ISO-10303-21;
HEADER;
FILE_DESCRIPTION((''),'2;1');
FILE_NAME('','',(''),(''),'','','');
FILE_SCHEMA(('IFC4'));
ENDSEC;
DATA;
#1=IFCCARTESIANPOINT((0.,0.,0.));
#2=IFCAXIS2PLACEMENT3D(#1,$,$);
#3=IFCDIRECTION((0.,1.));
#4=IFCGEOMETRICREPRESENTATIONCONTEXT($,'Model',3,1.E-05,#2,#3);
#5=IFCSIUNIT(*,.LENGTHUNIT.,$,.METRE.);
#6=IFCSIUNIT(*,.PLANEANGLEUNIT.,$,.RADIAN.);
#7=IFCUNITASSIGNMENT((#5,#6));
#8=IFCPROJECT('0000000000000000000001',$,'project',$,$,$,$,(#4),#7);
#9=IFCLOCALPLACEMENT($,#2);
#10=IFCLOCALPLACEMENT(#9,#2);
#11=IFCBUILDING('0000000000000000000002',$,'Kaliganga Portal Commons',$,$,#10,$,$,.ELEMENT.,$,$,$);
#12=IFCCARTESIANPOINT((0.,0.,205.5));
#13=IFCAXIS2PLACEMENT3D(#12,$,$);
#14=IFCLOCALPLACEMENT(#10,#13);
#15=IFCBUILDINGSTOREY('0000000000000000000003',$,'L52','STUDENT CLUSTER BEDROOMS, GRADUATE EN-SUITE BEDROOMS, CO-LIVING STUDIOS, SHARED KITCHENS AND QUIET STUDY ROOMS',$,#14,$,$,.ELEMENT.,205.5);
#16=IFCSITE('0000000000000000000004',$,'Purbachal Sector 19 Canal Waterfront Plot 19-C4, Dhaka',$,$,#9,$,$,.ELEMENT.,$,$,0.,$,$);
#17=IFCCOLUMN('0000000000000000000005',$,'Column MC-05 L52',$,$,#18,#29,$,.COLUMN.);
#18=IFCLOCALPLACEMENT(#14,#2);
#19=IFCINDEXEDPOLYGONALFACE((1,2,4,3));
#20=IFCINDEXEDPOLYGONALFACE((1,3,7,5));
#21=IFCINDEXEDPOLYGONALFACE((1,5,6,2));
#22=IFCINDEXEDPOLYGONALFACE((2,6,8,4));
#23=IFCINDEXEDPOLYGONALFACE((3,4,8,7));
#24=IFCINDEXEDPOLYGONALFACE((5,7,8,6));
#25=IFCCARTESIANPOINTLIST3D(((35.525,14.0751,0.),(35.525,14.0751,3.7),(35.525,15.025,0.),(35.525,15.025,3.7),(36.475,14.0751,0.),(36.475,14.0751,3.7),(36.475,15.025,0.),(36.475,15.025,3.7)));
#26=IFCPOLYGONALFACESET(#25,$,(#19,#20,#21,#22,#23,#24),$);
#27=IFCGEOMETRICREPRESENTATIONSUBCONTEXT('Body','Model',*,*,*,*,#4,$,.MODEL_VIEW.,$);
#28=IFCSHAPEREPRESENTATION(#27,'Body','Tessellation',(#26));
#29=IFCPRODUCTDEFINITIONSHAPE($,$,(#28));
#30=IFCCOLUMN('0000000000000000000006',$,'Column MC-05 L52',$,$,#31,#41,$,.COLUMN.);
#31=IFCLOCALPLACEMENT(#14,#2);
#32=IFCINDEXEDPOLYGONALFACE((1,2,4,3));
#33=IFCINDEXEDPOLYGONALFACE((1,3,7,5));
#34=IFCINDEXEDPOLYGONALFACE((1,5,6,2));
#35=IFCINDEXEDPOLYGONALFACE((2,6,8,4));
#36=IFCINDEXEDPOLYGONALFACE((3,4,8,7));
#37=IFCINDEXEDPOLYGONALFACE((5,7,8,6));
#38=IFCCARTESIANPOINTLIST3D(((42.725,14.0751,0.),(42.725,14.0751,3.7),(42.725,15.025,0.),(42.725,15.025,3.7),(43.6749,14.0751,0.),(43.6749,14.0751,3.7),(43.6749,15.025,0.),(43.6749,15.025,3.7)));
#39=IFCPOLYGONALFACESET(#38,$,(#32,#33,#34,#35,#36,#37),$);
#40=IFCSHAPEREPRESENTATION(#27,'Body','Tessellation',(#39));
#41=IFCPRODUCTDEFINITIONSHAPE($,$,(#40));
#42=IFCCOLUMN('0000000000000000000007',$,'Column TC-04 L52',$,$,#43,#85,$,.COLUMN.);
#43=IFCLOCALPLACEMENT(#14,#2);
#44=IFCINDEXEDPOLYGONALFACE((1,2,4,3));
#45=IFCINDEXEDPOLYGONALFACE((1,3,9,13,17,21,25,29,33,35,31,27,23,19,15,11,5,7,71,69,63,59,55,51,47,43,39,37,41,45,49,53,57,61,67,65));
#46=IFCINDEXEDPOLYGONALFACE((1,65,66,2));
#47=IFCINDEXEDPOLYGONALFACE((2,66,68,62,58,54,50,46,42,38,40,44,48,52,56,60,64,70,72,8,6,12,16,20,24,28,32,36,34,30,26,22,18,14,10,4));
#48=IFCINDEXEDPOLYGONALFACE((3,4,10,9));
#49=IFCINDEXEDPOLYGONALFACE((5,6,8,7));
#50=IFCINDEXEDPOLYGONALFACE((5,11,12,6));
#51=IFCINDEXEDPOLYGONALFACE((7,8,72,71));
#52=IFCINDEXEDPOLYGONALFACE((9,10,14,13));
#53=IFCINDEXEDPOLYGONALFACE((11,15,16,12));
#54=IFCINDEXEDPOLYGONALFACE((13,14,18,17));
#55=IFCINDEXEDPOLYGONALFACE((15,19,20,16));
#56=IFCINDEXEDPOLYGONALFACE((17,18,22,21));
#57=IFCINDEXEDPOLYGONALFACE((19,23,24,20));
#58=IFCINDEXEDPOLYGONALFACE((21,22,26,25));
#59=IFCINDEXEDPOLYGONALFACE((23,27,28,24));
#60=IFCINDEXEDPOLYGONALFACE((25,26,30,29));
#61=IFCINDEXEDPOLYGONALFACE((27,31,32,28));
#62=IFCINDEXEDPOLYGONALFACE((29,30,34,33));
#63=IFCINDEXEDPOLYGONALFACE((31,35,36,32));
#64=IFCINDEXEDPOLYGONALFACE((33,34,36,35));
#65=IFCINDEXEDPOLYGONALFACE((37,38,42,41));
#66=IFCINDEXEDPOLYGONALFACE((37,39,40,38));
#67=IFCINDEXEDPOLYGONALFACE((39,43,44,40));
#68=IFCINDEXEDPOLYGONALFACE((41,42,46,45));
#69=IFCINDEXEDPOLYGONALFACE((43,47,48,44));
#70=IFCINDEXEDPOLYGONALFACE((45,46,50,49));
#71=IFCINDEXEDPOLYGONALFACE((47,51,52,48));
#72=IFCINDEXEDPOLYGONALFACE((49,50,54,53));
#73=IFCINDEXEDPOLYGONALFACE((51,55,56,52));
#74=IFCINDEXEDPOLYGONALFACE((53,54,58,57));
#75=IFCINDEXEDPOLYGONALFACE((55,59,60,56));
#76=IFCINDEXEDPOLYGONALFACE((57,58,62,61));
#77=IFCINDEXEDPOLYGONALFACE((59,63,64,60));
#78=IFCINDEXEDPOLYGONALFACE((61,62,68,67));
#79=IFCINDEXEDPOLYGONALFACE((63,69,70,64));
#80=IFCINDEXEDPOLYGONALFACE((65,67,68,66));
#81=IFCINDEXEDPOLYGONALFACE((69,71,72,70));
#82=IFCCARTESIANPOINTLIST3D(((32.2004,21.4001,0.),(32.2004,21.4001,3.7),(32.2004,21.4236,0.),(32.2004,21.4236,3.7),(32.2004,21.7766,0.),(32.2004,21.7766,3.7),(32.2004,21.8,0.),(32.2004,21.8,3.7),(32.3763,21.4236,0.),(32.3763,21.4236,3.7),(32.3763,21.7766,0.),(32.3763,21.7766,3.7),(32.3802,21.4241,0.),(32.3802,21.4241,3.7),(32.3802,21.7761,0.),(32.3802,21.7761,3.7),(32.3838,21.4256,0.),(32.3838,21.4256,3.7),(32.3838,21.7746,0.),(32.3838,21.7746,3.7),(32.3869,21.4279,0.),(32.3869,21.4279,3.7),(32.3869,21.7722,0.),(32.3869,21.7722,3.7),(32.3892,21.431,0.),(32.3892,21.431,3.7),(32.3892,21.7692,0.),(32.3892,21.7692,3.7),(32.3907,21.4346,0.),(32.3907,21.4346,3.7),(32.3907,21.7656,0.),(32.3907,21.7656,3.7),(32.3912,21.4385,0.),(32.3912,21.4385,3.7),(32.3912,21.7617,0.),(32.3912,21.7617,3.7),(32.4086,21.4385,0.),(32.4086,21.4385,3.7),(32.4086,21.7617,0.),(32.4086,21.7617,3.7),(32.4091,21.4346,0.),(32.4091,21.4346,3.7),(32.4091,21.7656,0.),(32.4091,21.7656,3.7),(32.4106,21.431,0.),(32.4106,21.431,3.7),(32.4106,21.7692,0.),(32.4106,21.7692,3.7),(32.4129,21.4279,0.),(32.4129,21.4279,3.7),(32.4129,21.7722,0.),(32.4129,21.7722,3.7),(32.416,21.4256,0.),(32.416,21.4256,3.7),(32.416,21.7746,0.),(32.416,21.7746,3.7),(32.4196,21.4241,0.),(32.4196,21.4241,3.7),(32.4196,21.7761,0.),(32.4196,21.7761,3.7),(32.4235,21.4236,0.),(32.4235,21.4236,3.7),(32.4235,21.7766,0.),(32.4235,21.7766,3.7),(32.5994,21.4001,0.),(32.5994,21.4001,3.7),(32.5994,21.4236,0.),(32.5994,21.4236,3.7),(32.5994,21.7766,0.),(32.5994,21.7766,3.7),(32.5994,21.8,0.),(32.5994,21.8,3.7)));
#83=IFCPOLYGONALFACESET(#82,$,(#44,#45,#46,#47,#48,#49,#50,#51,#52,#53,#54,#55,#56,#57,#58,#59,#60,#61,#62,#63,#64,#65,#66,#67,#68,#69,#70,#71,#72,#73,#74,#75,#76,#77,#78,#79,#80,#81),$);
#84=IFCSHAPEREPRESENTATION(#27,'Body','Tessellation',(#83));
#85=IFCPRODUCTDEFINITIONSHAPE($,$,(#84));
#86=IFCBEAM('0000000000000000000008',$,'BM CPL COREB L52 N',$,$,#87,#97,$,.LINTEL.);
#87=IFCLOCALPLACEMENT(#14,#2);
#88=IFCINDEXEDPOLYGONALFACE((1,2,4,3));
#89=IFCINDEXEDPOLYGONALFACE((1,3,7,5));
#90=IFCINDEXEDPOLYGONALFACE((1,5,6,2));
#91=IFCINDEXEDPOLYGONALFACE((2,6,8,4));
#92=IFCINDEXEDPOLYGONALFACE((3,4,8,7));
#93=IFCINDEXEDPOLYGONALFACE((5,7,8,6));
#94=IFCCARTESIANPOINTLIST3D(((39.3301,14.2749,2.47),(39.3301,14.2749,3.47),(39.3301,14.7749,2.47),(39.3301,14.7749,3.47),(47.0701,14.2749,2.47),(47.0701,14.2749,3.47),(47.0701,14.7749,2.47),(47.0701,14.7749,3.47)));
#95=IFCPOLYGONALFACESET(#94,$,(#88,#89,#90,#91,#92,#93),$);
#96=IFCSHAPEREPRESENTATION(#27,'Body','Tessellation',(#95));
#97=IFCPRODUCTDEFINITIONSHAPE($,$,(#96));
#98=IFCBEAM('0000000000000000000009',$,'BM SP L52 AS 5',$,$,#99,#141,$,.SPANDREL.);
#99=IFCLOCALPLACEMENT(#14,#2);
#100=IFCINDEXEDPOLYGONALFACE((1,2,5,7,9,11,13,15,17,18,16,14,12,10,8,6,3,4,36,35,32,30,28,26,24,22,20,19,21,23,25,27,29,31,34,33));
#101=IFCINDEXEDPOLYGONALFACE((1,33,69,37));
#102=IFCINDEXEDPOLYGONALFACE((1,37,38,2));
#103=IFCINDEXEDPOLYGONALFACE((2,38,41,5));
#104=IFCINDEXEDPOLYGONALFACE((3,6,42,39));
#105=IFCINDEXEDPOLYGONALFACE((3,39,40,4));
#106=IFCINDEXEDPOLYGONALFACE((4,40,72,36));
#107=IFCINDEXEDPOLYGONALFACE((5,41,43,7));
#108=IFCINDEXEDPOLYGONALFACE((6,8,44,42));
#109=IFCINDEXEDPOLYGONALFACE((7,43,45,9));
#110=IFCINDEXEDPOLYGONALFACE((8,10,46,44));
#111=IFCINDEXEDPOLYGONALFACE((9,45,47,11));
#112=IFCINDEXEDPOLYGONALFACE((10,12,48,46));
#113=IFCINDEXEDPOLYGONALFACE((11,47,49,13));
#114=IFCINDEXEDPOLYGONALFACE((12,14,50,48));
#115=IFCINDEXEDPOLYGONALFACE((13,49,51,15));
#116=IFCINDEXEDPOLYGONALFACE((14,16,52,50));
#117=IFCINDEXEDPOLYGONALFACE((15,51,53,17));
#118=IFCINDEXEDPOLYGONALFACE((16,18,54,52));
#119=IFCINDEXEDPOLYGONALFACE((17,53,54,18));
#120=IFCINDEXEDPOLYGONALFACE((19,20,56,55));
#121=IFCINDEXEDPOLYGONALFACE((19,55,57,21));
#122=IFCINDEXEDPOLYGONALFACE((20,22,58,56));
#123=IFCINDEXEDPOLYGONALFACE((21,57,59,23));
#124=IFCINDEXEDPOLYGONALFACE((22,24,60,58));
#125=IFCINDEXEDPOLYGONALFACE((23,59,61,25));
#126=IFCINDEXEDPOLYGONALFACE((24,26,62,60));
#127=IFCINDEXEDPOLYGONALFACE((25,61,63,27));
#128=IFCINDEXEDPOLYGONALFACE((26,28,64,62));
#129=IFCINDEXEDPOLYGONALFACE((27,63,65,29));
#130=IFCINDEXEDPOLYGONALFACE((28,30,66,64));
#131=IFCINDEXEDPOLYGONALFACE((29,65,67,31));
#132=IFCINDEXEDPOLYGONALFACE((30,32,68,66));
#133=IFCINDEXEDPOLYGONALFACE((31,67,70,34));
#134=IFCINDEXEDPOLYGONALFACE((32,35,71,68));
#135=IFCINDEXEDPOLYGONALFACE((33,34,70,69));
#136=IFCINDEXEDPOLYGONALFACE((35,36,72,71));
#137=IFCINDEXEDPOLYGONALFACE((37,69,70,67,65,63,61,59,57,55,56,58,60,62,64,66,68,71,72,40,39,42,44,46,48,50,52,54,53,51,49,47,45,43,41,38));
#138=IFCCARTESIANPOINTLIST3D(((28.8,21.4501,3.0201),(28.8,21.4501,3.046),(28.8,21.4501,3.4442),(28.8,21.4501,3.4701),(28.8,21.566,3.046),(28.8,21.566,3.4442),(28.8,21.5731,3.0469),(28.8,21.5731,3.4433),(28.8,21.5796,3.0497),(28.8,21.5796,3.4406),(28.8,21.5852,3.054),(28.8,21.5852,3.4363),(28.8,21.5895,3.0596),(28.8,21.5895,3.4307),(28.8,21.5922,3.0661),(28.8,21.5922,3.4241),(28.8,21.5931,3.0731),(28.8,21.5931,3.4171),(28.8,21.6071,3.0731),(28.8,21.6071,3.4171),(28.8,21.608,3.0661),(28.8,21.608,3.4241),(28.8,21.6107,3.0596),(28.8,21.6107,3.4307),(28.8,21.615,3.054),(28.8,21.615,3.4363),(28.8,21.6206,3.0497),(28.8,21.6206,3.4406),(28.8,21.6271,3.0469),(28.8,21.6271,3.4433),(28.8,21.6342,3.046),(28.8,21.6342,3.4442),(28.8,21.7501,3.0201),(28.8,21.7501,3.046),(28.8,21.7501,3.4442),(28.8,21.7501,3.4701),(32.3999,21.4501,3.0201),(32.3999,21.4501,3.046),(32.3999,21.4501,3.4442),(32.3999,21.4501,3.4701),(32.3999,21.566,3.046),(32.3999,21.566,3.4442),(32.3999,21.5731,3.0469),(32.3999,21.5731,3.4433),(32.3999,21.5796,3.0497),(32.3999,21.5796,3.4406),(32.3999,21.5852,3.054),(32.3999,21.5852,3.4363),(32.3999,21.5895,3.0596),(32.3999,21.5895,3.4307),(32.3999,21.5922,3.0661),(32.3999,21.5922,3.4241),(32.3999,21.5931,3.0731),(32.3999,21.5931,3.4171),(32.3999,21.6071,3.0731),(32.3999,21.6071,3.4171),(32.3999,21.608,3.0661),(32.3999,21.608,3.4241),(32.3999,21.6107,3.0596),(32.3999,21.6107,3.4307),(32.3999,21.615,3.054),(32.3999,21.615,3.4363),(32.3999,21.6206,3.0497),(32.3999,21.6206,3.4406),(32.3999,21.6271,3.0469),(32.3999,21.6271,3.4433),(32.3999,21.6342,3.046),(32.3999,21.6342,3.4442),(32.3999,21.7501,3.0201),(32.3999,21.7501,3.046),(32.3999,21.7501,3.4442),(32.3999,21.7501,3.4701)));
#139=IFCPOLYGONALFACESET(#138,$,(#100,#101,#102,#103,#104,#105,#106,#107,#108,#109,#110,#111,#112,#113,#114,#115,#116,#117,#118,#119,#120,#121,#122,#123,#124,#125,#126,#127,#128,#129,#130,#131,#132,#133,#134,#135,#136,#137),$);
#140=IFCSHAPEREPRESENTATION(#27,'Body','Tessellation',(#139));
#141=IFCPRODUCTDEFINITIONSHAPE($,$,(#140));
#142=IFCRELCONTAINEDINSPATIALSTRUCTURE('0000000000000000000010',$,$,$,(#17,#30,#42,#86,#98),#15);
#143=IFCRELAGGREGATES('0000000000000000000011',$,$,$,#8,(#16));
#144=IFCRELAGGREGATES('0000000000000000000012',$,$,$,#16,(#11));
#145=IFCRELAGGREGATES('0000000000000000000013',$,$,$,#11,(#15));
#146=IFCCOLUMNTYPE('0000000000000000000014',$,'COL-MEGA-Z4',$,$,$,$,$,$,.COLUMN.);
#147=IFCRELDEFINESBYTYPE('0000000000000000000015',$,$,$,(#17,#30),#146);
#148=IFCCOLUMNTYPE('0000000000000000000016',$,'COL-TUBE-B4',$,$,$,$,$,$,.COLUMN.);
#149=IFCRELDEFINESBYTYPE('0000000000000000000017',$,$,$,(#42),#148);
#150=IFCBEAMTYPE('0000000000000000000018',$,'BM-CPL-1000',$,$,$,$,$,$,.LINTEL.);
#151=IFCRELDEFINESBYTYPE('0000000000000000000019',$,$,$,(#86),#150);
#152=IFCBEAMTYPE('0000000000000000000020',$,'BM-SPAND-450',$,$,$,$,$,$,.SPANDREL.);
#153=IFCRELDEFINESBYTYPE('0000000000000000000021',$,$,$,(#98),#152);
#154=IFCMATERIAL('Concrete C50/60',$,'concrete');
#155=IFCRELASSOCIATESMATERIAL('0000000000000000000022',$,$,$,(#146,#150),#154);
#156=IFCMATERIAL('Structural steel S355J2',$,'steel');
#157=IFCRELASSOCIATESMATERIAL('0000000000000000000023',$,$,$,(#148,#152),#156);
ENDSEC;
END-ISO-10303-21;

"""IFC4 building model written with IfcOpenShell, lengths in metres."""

from ifc_helpers import new_model, si_unit, direction, frame, origin, origin_2d, place, context, subcontext, project, spatial, rectangle, i_section, extrude, source, transform, mapped, material, material_profile, profile_set, type_object, element, save


model = new_model("IFC4")

# Units and contexts
model_context = context("Model", 3, precision=1e-05, world=origin(), true_north=direction((0.0, 1.0)))
body_context = subcontext(model_context, "Body", "Model", "MODEL_VIEW")
ifc_project = project(units=[si_unit("LENGTHUNIT", "METRE"), si_unit("PLANEANGLEUNIT", "RADIAN")], contexts=[model_context])

# Site, building, storey
site_placement = place(None, origin())
site = spatial("IfcSite", under=ifc_project, at=site_placement, Name="Purbachal Sector 19 Canal Waterfront Plot 19-C4, Dhaka", CompositionType="ELEMENT", RefElevation=0.0)
building_placement = place(site_placement, origin())
building = spatial("IfcBuilding", under=site, at=building_placement, Name="Kaliganga Portal Commons", CompositionType="ELEMENT")
storey_placement = place(building_placement, frame((0.0, 0.0, 205.5)))
storey = spatial("IfcBuildingStorey", under=building, at=storey_placement, Name="L52", Description="STUDENT CLUSTER BEDROOMS, GRADUATE EN-SUITE BEDROOMS, CO-LIVING STUDIOS, SHARED KITCHENS AND QUIET STUDY ROOMS", CompositionType="ELEMENT", Elevation=205.5)

# Columns
ifc_material_1 = material(Name="Concrete C50/60", Category="concrete")
ifc_material_profile_1 = material_profile(ifc_material_1, rectangle(XDim=0.95, YDim=0.95, at=origin_2d()), Name="RC 950x950")
ifc_profile_set_1 = profile_set([ifc_material_profile_1], Name="Concrete C50/60")
column_type_1 = type_object("IfcColumnType", Name="COL-MEGA-Z4", PredefinedType="COLUMN", material=ifc_profile_set_1)
shared_shape_1 = source(origin(), body_context, "Body", "SweptSolid", [
    extrude(rectangle(XDim=0.95, YDim=0.95, at=origin_2d()), origin(), (0.0, 0.0, 1.0), 3.7),
])
for number, where, z_axis, x_axis, name in (
    (1, (36.0, 14.55, 0.0), (0.0, 0.0, 1.0), (1.0, 0.0, 0.0), "Column MC-05 L52"),
    (2, (43.2, 14.55, 0.0), (0.0, 0.0, 1.0), (1.0, 0.0, 0.0), "Column MC-05 L52"),
):
    element("IfcColumn", number, at=place(storey_placement, frame(where, z_axis=z_axis, x_axis=x_axis)), inside=storey, type_object=column_type_1, Name=name, PredefinedType="COLUMN", context=body_context, shape_type="MappedRepresentation", body=[
        mapped(shared_shape_1, transform((0.0, 0.0, 0.0), x_axis=(1.0, 0.0, 0.0), y_axis=(0.0, 1.0, 0.0), z_axis=(0.0, 0.0, 1.0), scale=1.0)),
    ])
ifc_material_2 = material(Name="Structural steel S355J2", Category="steel")
ifc_material_profile_2 = material_profile(ifc_material_2, i_section(OverallWidth=0.3989, OverallDepth=0.3999, WebThickness=0.0173, FlangeThickness=0.0234, FilletRadius=0.0149, at=origin_2d()), Name="HD 400x287")
ifc_profile_set_2 = profile_set([ifc_material_profile_2], Name="Structural steel S355J2 wide-flange")
column_type_2 = type_object("IfcColumnType", Name="COL-TUBE-B4", PredefinedType="COLUMN", material=ifc_profile_set_2)
shared_shape_2 = source(origin(), body_context, "Body", "SweptSolid", [
    extrude(i_section(OverallWidth=0.3989, OverallDepth=0.3999, WebThickness=0.0173, FlangeThickness=0.0234, FilletRadius=0.0149, at=origin_2d()), origin(), (0.0, 0.0, 1.0), 3.7),
])
column_placement = place(storey_placement, frame((32.3999, 21.6001, 0.0), z_axis=(0.0, 0.0, 1.0), x_axis=(1.0, 0.0, 0.0)))
element("IfcColumn", 3, at=column_placement, inside=storey, type_object=column_type_2, Name="Column TC-04 L52", PredefinedType="COLUMN", context=body_context, shape_type="MappedRepresentation", body=[
    mapped(shared_shape_2, transform((0.0, 0.0, 0.0), x_axis=(1.0, 0.0, 0.0), y_axis=(0.0, 1.0, 0.0), z_axis=(0.0, 0.0, 1.0), scale=1.0)),
])

# Beams
ifc_material_profile_3 = material_profile(ifc_material_1, rectangle(XDim=0.5, YDim=1.0, at=origin_2d()), Name="RC 500x1000")
ifc_profile_set_3 = profile_set([ifc_material_profile_3], Name="Concrete C50/60")
beam_type_1 = type_object("IfcBeamType", Name="BM-CPL-1000", PredefinedType="LINTEL", material=ifc_profile_set_3)
shared_shape_3 = source(origin(), body_context, "Body", "SweptSolid", [
    extrude(rectangle(XDim=0.5, YDim=1.0, at=origin_2d()), origin(), (0.0, 0.0, 1.0), 7.74),
])
beam_1_placement = place(storey_placement, frame((39.3301, 14.5249, 2.97), z_axis=(1.0, 0.0, 0.0), x_axis=(0.0, 1.0, 0.0)))
element("IfcBeam", 4, at=beam_1_placement, inside=storey, type_object=beam_type_1, Name="BM CPL COREB L52 N", PredefinedType="LINTEL", context=body_context, shape_type="MappedRepresentation", body=[
    mapped(shared_shape_3, transform((0.0, 0.0, 0.0), x_axis=(1.0, 0.0, 0.0), y_axis=(0.0, 1.0, 0.0), z_axis=(0.0, 0.0, 1.0), scale=1.0)),
])
ifc_material_profile_4 = material_profile(ifc_material_2, i_section(OverallWidth=0.3, OverallDepth=0.45, WebThickness=0.0139, FlangeThickness=0.0259, FilletRadius=0.0271, at=origin_2d()), Name="HE 450 B")
ifc_profile_set_4 = profile_set([ifc_material_profile_4], Name="Structural steel S355J2 wide-flange")
beam_type_2 = type_object("IfcBeamType", Name="BM-SPAND-450", PredefinedType="SPANDREL", material=ifc_profile_set_4)
shared_shape_4 = source(origin(), body_context, "Body", "SweptSolid", [
    extrude(i_section(OverallWidth=0.3, OverallDepth=0.45, WebThickness=0.0139, FlangeThickness=0.0259, FilletRadius=0.0271, at=origin_2d()), origin(), (0.0, 0.0, 1.0), 3.5999),
])
beam_2_placement = place(storey_placement, frame((28.8, 21.6001, 3.2451), z_axis=(1.0, 0.0, 0.0), x_axis=(0.0, 1.0, 0.0)))
element("IfcBeam", 5, at=beam_2_placement, inside=storey, type_object=beam_type_2, Name="BM SP L52 AS 5", PredefinedType="SPANDREL", context=body_context, shape_type="MappedRepresentation", body=[
    mapped(shared_shape_4, transform((0.0, 0.0, 0.0), x_axis=(1.0, 0.0, 0.0), y_axis=(0.0, 1.0, 0.0), z_axis=(0.0, 0.0, 1.0), scale=1.0)),
])

save(model, "model.ifc")
